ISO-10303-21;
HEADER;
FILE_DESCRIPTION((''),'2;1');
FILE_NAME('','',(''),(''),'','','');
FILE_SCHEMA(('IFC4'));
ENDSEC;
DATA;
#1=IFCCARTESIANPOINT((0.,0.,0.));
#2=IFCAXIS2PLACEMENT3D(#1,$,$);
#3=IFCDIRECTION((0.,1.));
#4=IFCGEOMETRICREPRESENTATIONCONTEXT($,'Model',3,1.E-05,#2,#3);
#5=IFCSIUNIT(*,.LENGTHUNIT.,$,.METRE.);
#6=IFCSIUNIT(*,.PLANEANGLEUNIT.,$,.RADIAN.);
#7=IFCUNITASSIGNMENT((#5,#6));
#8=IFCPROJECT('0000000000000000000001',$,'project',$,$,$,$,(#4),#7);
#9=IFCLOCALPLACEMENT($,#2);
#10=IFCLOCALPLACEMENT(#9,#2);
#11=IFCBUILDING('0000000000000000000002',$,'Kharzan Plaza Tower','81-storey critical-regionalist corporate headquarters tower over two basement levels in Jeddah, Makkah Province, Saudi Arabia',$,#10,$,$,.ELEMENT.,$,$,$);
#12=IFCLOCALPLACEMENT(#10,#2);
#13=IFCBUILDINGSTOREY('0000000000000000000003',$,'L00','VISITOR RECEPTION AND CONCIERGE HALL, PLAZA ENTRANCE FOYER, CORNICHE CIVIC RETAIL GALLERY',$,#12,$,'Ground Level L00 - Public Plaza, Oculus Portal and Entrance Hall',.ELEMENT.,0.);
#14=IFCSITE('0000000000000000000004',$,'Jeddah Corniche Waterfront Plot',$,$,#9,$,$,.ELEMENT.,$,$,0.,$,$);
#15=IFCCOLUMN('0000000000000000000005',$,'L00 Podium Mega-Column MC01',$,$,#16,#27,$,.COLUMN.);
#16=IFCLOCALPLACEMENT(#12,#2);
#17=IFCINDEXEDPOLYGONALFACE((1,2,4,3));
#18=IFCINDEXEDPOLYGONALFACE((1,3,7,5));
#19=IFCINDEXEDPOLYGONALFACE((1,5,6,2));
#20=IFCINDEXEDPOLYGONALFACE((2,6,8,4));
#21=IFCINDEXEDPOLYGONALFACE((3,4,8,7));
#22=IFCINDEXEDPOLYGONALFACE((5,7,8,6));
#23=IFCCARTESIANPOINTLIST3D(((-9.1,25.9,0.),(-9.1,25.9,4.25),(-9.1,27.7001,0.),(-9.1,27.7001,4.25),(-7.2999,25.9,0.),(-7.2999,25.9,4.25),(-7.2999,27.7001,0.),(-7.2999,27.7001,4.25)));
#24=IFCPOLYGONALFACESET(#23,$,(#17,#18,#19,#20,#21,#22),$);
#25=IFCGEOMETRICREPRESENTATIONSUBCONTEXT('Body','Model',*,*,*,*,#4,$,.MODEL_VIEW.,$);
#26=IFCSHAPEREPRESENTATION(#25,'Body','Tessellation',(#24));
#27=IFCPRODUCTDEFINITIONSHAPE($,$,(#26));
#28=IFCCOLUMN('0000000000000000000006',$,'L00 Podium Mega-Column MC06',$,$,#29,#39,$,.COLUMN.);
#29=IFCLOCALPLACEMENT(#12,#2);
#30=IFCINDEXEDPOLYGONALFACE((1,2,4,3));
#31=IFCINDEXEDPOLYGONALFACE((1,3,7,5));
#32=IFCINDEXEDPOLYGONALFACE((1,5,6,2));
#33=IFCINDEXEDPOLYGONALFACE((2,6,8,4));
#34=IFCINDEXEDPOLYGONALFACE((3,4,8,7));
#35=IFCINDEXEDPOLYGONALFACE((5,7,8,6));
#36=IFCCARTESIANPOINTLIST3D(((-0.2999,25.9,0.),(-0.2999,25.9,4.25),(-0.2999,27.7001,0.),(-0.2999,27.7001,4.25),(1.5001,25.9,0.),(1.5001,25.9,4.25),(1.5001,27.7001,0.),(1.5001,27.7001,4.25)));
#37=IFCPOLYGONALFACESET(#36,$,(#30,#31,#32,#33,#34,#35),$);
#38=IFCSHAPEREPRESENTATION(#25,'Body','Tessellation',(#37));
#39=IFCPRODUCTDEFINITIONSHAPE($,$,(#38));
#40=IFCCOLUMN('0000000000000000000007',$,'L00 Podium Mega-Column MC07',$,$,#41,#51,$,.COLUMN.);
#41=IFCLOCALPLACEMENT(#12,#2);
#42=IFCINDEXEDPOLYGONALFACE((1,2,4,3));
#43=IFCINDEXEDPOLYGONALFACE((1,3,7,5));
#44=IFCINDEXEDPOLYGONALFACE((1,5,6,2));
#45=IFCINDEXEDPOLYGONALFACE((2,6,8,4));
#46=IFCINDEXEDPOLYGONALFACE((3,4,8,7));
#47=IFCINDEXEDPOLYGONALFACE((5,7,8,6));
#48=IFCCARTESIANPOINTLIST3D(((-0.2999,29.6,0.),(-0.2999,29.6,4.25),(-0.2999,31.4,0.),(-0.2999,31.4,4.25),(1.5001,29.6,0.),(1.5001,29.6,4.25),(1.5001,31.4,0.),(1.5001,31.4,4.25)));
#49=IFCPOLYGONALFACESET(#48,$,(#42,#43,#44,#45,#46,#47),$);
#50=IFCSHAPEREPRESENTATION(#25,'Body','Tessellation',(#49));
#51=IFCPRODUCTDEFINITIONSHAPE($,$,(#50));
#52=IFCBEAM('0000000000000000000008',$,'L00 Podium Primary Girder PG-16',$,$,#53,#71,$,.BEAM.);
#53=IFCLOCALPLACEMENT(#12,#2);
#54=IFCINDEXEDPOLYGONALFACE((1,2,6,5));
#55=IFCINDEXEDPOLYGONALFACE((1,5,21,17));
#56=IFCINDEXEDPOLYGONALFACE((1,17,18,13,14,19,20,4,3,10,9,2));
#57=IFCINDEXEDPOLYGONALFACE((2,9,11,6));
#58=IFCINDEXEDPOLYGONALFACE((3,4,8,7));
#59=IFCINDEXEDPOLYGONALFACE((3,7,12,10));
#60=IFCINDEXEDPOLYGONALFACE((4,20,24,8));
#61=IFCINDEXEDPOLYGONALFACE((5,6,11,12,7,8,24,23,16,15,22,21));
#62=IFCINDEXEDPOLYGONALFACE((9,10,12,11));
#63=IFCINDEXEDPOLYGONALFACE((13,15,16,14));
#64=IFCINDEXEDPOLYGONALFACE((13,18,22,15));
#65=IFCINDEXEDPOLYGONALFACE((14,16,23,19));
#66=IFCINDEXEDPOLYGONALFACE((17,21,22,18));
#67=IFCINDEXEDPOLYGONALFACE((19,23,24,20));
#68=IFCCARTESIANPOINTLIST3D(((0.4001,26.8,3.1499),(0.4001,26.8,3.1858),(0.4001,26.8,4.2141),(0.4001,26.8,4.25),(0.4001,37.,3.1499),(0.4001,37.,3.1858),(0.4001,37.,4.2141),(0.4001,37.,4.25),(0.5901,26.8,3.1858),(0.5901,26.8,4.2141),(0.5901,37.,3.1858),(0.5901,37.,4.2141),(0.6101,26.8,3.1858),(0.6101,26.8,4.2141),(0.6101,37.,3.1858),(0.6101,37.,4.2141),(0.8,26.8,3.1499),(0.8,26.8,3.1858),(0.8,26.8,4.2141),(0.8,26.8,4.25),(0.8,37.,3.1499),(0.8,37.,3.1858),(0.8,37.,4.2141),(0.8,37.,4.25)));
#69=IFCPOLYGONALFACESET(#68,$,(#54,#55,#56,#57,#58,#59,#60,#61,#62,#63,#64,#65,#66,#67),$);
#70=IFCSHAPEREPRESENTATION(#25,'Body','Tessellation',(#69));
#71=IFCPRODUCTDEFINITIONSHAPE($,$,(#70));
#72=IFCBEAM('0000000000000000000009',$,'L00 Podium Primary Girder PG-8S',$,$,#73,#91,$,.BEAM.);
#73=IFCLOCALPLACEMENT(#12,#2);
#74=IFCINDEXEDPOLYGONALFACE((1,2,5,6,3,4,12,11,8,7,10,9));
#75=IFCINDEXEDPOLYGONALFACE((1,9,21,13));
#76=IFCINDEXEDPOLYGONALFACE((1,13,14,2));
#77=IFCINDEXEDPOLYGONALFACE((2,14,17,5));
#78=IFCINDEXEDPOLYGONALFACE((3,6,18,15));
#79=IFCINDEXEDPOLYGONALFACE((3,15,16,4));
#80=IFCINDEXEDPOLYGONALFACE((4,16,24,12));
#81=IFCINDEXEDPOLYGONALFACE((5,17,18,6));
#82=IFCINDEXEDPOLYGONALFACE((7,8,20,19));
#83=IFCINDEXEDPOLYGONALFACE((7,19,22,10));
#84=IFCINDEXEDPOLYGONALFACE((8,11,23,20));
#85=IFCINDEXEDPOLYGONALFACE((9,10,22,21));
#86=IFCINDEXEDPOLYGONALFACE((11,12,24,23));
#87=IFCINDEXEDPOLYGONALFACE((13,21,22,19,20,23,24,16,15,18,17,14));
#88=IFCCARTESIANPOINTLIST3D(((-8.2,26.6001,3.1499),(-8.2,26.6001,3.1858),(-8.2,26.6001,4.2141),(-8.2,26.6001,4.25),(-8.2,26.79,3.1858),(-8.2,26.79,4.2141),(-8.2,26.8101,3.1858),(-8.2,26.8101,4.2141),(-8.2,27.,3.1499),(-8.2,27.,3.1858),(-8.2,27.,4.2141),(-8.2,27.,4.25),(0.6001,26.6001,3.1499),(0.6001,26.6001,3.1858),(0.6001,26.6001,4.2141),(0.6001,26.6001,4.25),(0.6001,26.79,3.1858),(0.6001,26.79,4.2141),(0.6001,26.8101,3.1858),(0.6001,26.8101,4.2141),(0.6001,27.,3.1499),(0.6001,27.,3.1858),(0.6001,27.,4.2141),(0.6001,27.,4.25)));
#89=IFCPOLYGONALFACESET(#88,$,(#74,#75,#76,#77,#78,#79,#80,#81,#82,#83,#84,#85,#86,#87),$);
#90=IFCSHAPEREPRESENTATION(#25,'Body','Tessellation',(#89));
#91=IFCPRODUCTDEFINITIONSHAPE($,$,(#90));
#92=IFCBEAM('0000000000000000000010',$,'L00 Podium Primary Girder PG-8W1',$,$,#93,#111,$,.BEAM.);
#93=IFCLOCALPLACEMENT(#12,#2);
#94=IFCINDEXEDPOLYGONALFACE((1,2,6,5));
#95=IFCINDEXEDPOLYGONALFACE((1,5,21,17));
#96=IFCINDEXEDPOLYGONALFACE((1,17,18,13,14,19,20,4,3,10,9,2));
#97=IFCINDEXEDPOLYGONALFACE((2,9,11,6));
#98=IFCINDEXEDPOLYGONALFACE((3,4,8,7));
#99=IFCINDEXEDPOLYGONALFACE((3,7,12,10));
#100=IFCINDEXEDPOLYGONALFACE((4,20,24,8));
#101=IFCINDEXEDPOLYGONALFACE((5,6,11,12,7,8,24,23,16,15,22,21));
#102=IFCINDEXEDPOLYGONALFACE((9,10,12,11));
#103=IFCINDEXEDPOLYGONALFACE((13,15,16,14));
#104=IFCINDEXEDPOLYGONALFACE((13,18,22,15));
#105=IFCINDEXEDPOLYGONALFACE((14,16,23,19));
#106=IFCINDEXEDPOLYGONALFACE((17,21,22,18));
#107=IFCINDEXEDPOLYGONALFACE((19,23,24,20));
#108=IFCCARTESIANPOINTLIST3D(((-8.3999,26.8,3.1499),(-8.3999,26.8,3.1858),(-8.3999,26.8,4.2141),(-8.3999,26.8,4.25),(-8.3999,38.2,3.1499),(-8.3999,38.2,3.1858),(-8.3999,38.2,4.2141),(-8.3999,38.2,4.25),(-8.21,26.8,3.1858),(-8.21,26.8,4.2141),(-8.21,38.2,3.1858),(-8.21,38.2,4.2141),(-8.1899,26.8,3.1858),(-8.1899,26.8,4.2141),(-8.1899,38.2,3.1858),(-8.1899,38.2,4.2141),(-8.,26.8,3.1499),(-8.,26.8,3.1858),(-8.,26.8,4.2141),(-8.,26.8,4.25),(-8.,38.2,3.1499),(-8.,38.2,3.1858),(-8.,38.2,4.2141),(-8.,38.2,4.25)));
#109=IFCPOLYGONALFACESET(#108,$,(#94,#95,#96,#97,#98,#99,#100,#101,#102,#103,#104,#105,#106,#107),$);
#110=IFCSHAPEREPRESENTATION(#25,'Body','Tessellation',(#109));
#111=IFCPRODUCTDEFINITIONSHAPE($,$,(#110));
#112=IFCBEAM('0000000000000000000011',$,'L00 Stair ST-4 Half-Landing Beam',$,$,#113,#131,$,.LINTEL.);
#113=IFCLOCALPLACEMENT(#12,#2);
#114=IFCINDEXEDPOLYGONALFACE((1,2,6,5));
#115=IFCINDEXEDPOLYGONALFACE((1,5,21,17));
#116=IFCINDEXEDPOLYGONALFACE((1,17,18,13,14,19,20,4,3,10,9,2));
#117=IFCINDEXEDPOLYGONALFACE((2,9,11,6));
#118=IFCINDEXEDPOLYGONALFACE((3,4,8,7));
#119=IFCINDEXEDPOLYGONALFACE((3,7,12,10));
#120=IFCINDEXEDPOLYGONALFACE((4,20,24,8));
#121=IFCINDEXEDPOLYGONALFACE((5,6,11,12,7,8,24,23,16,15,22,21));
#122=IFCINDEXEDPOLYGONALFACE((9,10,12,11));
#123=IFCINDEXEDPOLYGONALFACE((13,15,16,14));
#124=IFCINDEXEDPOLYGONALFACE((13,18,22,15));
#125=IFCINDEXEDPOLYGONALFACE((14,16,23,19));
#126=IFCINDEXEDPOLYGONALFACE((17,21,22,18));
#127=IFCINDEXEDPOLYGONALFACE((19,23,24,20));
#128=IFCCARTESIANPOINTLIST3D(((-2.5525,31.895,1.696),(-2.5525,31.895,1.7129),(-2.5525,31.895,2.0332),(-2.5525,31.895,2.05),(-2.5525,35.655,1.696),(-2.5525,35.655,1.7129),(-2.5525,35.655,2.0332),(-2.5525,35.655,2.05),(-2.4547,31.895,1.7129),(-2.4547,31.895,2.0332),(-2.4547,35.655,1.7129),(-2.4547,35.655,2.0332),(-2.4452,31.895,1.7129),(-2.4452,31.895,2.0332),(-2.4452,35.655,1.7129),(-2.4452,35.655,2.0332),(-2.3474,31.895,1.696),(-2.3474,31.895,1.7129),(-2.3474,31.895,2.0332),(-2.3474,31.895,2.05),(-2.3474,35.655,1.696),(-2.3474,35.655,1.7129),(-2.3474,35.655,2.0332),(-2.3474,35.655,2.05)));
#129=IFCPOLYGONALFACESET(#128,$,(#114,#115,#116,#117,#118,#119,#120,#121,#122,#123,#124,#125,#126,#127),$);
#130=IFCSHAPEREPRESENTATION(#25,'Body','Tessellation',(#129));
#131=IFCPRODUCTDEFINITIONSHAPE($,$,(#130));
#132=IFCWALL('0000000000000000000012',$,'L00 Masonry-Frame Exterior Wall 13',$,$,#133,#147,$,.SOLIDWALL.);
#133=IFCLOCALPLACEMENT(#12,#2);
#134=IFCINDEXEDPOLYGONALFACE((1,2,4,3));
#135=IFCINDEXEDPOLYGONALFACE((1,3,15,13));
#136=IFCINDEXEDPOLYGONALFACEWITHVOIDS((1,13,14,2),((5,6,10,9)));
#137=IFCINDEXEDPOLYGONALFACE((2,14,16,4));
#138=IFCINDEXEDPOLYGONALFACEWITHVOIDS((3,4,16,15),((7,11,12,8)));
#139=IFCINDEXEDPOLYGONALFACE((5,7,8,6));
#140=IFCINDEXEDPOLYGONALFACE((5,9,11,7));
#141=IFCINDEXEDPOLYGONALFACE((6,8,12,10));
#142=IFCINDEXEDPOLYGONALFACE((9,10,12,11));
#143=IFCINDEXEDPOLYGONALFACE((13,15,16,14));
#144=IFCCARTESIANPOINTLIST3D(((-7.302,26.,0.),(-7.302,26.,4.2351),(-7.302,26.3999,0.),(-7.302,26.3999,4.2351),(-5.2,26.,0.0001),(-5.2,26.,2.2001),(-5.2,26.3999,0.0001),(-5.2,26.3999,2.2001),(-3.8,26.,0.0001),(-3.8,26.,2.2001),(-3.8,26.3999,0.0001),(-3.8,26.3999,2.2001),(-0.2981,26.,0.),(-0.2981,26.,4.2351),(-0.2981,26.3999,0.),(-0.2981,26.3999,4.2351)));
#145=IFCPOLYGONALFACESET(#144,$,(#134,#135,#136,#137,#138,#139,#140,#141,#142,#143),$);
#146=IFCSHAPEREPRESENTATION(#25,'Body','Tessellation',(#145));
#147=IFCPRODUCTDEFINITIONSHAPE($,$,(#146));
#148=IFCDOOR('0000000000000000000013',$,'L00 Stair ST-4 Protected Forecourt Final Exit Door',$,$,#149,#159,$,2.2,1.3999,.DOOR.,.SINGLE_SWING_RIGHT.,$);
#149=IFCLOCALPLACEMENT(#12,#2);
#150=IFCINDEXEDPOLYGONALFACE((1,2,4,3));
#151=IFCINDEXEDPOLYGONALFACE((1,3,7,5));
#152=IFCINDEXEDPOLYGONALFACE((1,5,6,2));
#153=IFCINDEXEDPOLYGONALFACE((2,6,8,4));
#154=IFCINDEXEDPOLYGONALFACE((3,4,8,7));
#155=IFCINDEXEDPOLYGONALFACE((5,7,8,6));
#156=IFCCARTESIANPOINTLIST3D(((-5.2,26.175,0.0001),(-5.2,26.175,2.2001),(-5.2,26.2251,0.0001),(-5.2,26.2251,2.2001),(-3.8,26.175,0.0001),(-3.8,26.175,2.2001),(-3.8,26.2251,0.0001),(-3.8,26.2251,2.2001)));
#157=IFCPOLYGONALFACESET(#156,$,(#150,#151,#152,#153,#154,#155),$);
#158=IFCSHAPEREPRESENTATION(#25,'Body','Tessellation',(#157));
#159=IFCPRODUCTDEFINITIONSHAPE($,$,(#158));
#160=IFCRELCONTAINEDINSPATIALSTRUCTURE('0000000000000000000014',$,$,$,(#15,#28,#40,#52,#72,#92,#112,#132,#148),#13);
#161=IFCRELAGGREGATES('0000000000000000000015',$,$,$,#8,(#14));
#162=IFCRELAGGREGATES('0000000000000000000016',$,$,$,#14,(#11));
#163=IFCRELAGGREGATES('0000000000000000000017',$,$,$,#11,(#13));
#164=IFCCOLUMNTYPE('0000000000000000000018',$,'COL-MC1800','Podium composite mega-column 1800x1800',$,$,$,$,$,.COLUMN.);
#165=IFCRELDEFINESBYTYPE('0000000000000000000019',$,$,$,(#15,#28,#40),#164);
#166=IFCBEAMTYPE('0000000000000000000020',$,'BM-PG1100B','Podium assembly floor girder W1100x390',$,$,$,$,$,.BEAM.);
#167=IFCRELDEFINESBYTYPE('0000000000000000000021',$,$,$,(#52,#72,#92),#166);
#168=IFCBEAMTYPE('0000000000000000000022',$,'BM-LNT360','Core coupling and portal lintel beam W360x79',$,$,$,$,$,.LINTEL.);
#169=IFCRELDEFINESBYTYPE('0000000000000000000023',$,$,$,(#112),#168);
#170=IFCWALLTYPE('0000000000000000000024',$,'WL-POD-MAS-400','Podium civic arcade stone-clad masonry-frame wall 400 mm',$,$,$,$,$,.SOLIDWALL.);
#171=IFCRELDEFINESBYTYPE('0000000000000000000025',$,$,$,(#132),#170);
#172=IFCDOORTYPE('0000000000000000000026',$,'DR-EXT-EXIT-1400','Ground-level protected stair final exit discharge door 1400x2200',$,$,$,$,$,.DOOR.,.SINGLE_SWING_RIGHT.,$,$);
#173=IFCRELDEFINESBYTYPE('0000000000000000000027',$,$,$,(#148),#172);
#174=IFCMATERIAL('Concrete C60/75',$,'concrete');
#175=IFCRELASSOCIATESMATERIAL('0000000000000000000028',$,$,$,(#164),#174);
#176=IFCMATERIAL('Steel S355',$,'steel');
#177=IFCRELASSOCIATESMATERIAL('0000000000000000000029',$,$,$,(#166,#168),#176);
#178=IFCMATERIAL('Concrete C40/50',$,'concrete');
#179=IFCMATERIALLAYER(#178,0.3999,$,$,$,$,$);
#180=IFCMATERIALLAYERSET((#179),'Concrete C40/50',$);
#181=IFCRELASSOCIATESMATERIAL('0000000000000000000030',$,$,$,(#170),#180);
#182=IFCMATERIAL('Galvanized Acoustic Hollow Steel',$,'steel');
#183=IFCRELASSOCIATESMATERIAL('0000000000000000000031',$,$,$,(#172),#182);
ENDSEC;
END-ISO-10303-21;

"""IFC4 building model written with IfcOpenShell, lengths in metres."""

from ifc_helpers import new_model, si_unit, direction, frame, frame_2d, origin, origin_2d, place, context, subcontext, project, spatial, rectangle, i_section, extrude, source, transform, mapped, material, layer, layer_set, material_profile, profile_set, type_object, element, fill, save


model = new_model("IFC4")

# Units and contexts
model_context = context("Model", 3, precision=1e-05, world=origin(), true_north=direction((0.0, 1.0)))
body_context = subcontext(model_context, "Body", "Model", "MODEL_VIEW")
ifc_project = project(units=[si_unit("LENGTHUNIT", "METRE"), si_unit("PLANEANGLEUNIT", "RADIAN")], contexts=[model_context])

# Site, building, storey
site_placement = place(None, origin())
site = spatial("IfcSite", under=ifc_project, at=site_placement, Name="Jeddah Corniche Waterfront Plot", CompositionType="ELEMENT", RefElevation=0.0)
building_placement = place(site_placement, origin())
building = spatial("IfcBuilding", under=site, at=building_placement, Name="Kharzan Plaza Tower", Description="81-storey critical-regionalist corporate headquarters tower over two basement levels in Jeddah, Makkah Province, Saudi Arabia", CompositionType="ELEMENT")
storey_placement = place(building_placement, origin())
storey = spatial("IfcBuildingStorey", under=building, at=storey_placement, Name="L00", Description="VISITOR RECEPTION AND CONCIERGE HALL, PLAZA ENTRANCE FOYER, CORNICHE CIVIC RETAIL GALLERY", LongName="Ground Level L00 - Public Plaza, Oculus Portal and Entrance Hall", CompositionType="ELEMENT", Elevation=0.0)

# Columns
ifc_material_1 = material(Name="Concrete C60/75", Category="concrete")
ifc_material_profile_1 = material_profile(ifc_material_1, rectangle(XDim=1.8, YDim=1.8, at=origin_2d()), Name="RC-MC1800x1800")
ifc_profile_set_1 = profile_set([ifc_material_profile_1], Name="Concrete C60/75")
column_type = type_object("IfcColumnType", Name="COL-MC1800", Description="Podium composite mega-column 1800x1800", PredefinedType="COLUMN", material=ifc_profile_set_1)
shared_shape_1 = source(origin(), body_context, "Body", "SweptSolid", [
    extrude(rectangle(XDim=1.8, YDim=1.8, at=origin_2d()), origin(), (0.0, 0.0, 1.0), 4.25),
])
for number, where, z_axis, x_axis, name in (
    (1, (-8.2, 26.8, 0.0), (0.0, 0.0, 1.0), (1.0, 0.0, 0.0), "L00 Podium Mega-Column MC01"),
    (2, (0.6001, 26.8, 0.0), (0.0, 0.0, 1.0), (1.0, 0.0, 0.0), "L00 Podium Mega-Column MC06"),
    (3, (0.6001, 30.5, 0.0), (0.0, 0.0, 1.0), (1.0, 0.0, 0.0), "L00 Podium Mega-Column MC07"),
):
    element("IfcColumn", number, at=place(storey_placement, frame(where, z_axis=z_axis, x_axis=x_axis)), inside=storey, type_object=column_type, Name=name, PredefinedType="COLUMN", context=body_context, shape_type="MappedRepresentation", body=[
        mapped(shared_shape_1, transform((0.0, 0.0, 0.0), x_axis=(1.0, 0.0, 0.0), y_axis=(0.0, 1.0, 0.0), z_axis=(0.0, 0.0, 1.0))),
    ])

# Beams
ifc_material_2 = material(Name="Steel S355", Category="steel")
ifc_material_profile_2 = material_profile(ifc_material_2, i_section(OverallWidth=0.3999, OverallDepth=1.1001, WebThickness=0.02, FlangeThickness=0.0359, at=origin_2d()), Name="W1100x390")
ifc_profile_set_2 = profile_set([ifc_material_profile_2], Name="Steel S355")
beam_type_1 = type_object("IfcBeamType", Name="BM-PG1100B", Description="Podium assembly floor girder W1100x390", PredefinedType="BEAM", material=ifc_profile_set_2)
shared_shape_2 = source(origin(), body_context, "Body", "SweptSolid", [
    extrude(i_section(OverallWidth=0.3999, OverallDepth=1.1001, WebThickness=0.02, FlangeThickness=0.0359, at=origin_2d()), origin(), (0.0, 0.0, 1.0), 10.2),
])
beam_1_placement = place(storey_placement, frame((0.6001, 26.8, 3.7), z_axis=(0.0, 1.0, 0.0), x_axis=(-1.0, 0.0, 0.0)))
element("IfcBeam", 4, at=beam_1_placement, inside=storey, type_object=beam_type_1, Name="L00 Podium Primary Girder PG-16", PredefinedType="BEAM", context=body_context, shape_type="MappedRepresentation", body=[
    mapped(shared_shape_2, transform((0.0, 0.0, 0.0), x_axis=(1.0, 0.0, 0.0), y_axis=(0.0, 1.0, 0.0), z_axis=(0.0, 0.0, 1.0))),
])
shared_shape_3 = source(origin(), body_context, "Body", "SweptSolid", [
    extrude(i_section(OverallWidth=0.3999, OverallDepth=1.1001, WebThickness=0.02, FlangeThickness=0.0359, at=origin_2d()), origin(), (0.0, 0.0, 1.0), 8.8),
])
beam_2_placement = place(storey_placement, frame((-8.2, 26.8, 3.7), z_axis=(1.0, 0.0, 0.0), x_axis=(0.0, 1.0, 0.0)))
element("IfcBeam", 5, at=beam_2_placement, inside=storey, type_object=beam_type_1, Name="L00 Podium Primary Girder PG-8S", PredefinedType="BEAM", context=body_context, shape_type="MappedRepresentation", body=[
    mapped(shared_shape_3, transform((0.0, 0.0, 0.0), x_axis=(1.0, 0.0, 0.0), y_axis=(0.0, 1.0, 0.0), z_axis=(0.0, 0.0, 1.0))),
])
shared_shape_4 = source(origin(), body_context, "Body", "SweptSolid", [
    extrude(i_section(OverallWidth=0.3999, OverallDepth=1.1001, WebThickness=0.02, FlangeThickness=0.0359, at=origin_2d()), origin(), (0.0, 0.0, 1.0), 11.3999),
])
beam_3_placement = place(storey_placement, frame((-8.2, 26.8, 3.7), z_axis=(0.0, 1.0, 0.0), x_axis=(-1.0, 0.0, 0.0)))
element("IfcBeam", 6, at=beam_3_placement, inside=storey, type_object=beam_type_1, Name="L00 Podium Primary Girder PG-8W1", PredefinedType="BEAM", context=body_context, shape_type="MappedRepresentation", body=[
    mapped(shared_shape_4, transform((0.0, 0.0, 0.0), x_axis=(1.0, 0.0, 0.0), y_axis=(0.0, 1.0, 0.0), z_axis=(0.0, 0.0, 1.0))),
])
ifc_material_profile_3 = material_profile(ifc_material_2, i_section(OverallWidth=0.2051, OverallDepth=0.354, WebThickness=0.0095, FlangeThickness=0.0168, at=origin_2d()), Name="W360x79")
ifc_profile_set_3 = profile_set([ifc_material_profile_3], Name="Steel S355")
beam_type_2 = type_object("IfcBeamType", Name="BM-LNT360", Description="Core coupling and portal lintel beam W360x79", PredefinedType="LINTEL", material=ifc_profile_set_3)
shared_shape_5 = source(origin(), body_context, "Body", "SweptSolid", [
    extrude(i_section(OverallWidth=0.2051, OverallDepth=0.354, WebThickness=0.0095, FlangeThickness=0.0168, at=origin_2d()), origin(), (0.0, 0.0, 1.0), 3.76),
])
beam_4_placement = place(storey_placement, frame((-2.45, 31.895, 1.873), z_axis=(0.0, 1.0, 0.0), x_axis=(-1.0, 0.0, 0.0)))
element("IfcBeam", 7, at=beam_4_placement, inside=storey, type_object=beam_type_2, Name="L00 Stair ST-4 Half-Landing Beam", PredefinedType="LINTEL", context=body_context, shape_type="MappedRepresentation", body=[
    mapped(shared_shape_5, transform((0.0, 0.0, 0.0), x_axis=(1.0, 0.0, 0.0), y_axis=(0.0, 1.0, 0.0), z_axis=(0.0, 0.0, 1.0))),
])

# Wall, opening, door
ifc_material_3 = material(Name="Concrete C40/50", Category="concrete")
ifc_layer_1 = layer(ifc_material_3, 0.3999)
ifc_layer_set_1 = layer_set([ifc_layer_1], Name="Concrete C40/50")
wall_type_1 = type_object("IfcWallType", Name="WL-POD-MAS-400", Description="Podium civic arcade stone-clad masonry-frame wall 400 mm", PredefinedType="SOLIDWALL", material=ifc_layer_set_1)
wall_1_placement = place(storey_placement, frame((-7.302, 26.2, 0.0), z_axis=(0.0, 0.0, 1.0), x_axis=(1.0, 0.0, 0.0)))
wall_1 = element("IfcWall", 8, at=wall_1_placement, inside=storey, type_object=wall_type_1, Name="L00 Masonry-Frame Exterior Wall 13", PredefinedType="SOLIDWALL", context=body_context, shape_type="SweptSolid", body=[
    extrude(rectangle(XDim=7.0039, YDim=0.3999, at=frame_2d((3.502, 0.0))), origin(), (0.0, 0.0, 1.0), 4.2351),
])
opening_1_placement = place(wall_1_placement, frame((2.1021, 0.0, 0.0)))
opening_1 = element("IfcOpeningElement", 9, at=opening_1_placement, cuts=wall_1, PredefinedType="OPENING", context=body_context, shape_type="SweptSolid", body=[
    extrude(rectangle(XDim=1.3999, YDim=2.2, at=frame_2d((0.7, 1.1001))), frame((0.0, 0.21, 0.0), z_axis=(0.0, -1.0, 0.0), x_axis=(1.0, 0.0, 0.0)), (0.0, 0.0, 1.0), 0.4199),
])
ifc_material_4 = material(Name="Galvanized Acoustic Hollow Steel", Category="steel")
door_type = type_object("IfcDoorType", Name="DR-EXT-EXIT-1400", Description="Ground-level protected stair final exit discharge door 1400x2200", OperationType="SINGLE_SWING_RIGHT", PredefinedType="DOOR", material=ifc_material_4)
shared_shape_6 = source(origin(), body_context, "Body", "SweptSolid", [
    extrude(rectangle(XDim=1.3999, YDim=2.2, at=frame_2d((0.7, 1.1001))), frame((0.0, 0.0249, 0.0), z_axis=(0.0, -1.0, 0.0), x_axis=(1.0, 0.0, 0.0)), (0.0, 0.0, 1.0), 0.05),
])
door_1_placement = place(opening_1_placement, frame((1.3999, 0.0, 0.0), z_axis=(0.0, 0.0, 1.0), x_axis=(-1.0, 0.0, 0.0)))
door_1 = element("IfcDoor", 10, at=door_1_placement, inside=storey, type_object=door_type, Name="L00 Stair ST-4 Protected Forecourt Final Exit Door", OperationType="SINGLE_SWING_RIGHT", OverallHeight=2.2, OverallWidth=1.3999, PredefinedType="DOOR", context=body_context, shape_type="MappedRepresentation", body=[
    mapped(shared_shape_6, transform((0.0, 0.0, 0.0), x_axis=(1.0, 0.0, 0.0), y_axis=(0.0, 1.0, 0.0), z_axis=(0.0, 0.0, 1.0))),
])
fill(opening_1, door_1)

save(model, "model.ifc")
